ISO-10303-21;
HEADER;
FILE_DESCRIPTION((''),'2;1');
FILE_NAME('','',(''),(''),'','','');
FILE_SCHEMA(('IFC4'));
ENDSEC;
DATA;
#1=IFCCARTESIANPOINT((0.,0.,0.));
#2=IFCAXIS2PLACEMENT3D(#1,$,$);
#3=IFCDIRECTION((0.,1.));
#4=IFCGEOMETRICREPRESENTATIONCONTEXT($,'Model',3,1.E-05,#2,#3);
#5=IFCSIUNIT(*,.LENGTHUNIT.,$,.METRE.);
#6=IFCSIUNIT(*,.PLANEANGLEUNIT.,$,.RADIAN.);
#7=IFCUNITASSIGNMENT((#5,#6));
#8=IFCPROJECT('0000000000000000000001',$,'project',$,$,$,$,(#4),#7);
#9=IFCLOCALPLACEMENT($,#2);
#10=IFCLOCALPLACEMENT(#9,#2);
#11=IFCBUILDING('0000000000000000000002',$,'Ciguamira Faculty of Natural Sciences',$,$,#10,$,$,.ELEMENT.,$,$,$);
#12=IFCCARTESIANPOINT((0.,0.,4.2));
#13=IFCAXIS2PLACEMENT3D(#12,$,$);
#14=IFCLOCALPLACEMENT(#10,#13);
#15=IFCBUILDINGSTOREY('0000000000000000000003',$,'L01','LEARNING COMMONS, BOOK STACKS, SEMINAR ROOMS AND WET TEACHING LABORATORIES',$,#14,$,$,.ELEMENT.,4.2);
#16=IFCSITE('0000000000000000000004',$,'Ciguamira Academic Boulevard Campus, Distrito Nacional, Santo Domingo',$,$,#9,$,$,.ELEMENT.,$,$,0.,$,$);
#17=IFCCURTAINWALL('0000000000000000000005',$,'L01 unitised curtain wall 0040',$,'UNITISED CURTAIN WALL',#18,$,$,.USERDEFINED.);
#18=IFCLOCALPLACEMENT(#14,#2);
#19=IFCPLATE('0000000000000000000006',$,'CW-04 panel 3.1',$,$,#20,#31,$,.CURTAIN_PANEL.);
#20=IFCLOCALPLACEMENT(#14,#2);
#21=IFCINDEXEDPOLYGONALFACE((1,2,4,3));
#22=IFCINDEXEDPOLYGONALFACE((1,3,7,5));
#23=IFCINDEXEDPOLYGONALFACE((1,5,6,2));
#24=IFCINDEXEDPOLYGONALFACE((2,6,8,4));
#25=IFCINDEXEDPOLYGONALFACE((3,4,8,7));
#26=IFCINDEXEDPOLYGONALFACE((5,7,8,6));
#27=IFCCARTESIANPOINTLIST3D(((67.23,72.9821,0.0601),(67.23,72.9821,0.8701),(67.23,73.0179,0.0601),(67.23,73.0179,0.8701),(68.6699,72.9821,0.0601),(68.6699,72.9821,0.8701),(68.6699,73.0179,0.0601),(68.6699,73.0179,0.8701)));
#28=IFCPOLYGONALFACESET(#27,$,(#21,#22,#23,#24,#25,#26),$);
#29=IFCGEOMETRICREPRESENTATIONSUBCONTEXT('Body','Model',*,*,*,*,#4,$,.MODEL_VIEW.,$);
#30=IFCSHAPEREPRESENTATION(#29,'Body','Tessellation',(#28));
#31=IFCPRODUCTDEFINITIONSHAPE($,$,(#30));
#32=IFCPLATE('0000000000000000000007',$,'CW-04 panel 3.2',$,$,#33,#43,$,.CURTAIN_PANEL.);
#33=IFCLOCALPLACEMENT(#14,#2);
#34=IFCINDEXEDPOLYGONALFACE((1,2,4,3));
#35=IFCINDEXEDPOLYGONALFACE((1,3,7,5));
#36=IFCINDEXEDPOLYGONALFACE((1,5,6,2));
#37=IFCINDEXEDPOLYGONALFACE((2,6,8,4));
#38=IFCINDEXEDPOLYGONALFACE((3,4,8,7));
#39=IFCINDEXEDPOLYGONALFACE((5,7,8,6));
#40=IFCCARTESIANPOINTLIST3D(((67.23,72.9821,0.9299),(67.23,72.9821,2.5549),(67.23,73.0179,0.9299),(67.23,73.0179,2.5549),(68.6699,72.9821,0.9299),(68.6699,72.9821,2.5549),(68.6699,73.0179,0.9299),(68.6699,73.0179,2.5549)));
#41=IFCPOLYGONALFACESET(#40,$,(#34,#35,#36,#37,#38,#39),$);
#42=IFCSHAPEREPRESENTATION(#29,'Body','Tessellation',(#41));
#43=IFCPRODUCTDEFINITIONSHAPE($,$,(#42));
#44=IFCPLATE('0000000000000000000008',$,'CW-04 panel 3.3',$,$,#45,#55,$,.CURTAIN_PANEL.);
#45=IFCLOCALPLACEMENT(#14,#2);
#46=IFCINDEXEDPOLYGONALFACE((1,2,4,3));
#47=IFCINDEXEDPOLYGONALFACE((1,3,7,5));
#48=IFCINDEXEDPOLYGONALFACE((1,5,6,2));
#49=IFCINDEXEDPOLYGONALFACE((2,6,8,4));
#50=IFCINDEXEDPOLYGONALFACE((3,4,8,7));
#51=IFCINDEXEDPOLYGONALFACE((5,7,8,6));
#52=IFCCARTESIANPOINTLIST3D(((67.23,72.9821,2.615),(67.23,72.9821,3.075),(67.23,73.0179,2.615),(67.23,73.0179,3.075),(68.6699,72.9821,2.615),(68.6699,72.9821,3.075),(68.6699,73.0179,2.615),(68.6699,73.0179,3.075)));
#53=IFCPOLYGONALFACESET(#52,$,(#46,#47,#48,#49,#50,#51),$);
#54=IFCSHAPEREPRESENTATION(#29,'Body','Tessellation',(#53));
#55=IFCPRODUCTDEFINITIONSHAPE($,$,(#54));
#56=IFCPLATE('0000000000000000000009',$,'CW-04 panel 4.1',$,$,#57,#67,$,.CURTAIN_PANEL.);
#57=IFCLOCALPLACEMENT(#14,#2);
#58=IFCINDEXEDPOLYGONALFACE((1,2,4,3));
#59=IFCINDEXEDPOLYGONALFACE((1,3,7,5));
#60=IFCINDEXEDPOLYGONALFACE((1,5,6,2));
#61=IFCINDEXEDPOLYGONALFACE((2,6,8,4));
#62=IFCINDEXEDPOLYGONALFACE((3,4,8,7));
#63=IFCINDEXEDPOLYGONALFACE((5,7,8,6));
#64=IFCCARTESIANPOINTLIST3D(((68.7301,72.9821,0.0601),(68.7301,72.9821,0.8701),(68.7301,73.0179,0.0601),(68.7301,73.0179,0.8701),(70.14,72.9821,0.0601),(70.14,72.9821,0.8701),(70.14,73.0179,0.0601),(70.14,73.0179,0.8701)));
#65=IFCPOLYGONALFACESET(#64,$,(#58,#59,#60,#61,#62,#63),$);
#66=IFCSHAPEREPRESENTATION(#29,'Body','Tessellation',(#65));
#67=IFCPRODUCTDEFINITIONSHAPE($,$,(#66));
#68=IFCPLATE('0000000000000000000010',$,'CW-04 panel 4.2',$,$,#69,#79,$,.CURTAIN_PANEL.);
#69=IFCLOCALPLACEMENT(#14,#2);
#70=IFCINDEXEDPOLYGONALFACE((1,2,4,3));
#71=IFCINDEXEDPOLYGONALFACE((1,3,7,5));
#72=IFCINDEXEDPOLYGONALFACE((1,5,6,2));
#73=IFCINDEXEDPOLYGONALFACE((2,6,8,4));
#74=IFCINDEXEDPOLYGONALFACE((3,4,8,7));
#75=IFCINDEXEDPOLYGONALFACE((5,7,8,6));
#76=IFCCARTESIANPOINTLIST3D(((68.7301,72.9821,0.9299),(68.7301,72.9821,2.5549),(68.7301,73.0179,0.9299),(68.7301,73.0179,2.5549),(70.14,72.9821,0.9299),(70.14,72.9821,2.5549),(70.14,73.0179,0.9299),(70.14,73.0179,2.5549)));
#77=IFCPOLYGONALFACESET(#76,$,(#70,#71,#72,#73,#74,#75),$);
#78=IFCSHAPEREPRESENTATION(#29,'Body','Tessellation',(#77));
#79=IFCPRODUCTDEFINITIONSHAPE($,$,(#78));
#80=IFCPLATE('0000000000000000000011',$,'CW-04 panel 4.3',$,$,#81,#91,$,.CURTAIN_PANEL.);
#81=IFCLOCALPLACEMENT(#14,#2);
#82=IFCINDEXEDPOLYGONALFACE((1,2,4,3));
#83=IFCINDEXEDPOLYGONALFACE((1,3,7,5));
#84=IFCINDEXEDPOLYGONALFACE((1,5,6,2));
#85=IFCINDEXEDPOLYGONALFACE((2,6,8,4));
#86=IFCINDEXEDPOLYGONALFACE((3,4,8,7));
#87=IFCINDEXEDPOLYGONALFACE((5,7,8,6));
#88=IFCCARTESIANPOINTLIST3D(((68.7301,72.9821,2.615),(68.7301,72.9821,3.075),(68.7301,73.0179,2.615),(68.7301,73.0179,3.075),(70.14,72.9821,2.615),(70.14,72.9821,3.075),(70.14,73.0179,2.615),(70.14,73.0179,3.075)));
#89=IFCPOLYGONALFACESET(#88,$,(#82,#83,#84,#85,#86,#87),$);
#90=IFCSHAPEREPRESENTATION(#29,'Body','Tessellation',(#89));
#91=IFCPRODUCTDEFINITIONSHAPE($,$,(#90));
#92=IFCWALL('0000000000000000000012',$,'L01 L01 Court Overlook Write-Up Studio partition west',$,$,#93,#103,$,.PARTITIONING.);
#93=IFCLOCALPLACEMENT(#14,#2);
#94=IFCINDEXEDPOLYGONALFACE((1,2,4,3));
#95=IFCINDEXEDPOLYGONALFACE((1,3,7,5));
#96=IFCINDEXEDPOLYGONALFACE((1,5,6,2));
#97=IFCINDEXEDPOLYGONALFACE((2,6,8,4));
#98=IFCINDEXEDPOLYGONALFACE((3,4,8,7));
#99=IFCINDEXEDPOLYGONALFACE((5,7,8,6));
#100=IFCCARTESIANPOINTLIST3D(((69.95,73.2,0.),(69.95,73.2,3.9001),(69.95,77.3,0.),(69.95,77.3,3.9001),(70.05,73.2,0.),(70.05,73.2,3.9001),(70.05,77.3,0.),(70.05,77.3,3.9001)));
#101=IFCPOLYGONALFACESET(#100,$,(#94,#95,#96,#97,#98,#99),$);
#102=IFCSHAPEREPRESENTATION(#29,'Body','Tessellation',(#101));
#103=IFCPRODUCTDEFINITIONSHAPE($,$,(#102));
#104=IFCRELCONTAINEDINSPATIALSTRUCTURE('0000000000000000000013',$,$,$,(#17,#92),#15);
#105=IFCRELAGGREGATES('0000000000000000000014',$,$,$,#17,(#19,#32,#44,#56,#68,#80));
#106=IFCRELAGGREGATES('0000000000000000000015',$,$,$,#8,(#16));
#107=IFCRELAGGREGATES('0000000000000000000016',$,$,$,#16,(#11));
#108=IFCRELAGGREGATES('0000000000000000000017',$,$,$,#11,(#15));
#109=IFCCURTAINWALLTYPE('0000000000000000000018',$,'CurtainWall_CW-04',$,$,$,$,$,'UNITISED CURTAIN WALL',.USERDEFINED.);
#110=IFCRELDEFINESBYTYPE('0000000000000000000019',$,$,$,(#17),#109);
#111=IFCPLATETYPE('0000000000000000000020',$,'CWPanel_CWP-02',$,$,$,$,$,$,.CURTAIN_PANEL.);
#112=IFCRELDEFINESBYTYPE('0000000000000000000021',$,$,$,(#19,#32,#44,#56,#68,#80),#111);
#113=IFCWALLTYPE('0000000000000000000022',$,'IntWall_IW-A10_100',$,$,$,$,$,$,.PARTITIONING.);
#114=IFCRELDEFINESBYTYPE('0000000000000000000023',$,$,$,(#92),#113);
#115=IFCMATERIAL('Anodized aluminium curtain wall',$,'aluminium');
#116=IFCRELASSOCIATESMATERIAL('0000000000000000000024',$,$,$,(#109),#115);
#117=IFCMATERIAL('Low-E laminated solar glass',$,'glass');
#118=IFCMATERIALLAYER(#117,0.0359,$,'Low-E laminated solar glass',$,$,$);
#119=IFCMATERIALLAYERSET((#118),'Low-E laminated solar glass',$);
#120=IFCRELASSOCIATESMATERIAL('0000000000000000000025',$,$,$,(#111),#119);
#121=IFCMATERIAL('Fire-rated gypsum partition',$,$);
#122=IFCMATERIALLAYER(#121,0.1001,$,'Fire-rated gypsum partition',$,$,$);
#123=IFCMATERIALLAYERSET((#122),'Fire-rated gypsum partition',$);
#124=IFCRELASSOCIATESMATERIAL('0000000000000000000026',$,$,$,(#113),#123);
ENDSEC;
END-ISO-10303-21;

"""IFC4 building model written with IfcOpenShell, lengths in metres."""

from ifc_helpers import new_model, si_unit, direction, frame, frame_2d, origin, origin_2d, place, context, subcontext, project, spatial, rectangle, extrude, material, layer, layer_set, type_object, element, aggregate, save


model = new_model("IFC4")

# Units and contexts
model_context = context("Model", 3, precision=1e-05, world=origin(), true_north=direction((0.0, 1.0)))
body_context = subcontext(model_context, "Body", "Model", "MODEL_VIEW")
ifc_project = project(units=[si_unit("LENGTHUNIT", "METRE"), si_unit("PLANEANGLEUNIT", "RADIAN")], contexts=[model_context])

# Site, building, storey
site_placement = place(None, origin())
site = spatial("IfcSite", under=ifc_project, at=site_placement, Name="Ciguamira Academic Boulevard Campus, Distrito Nacional, Santo Domingo", CompositionType="ELEMENT", RefElevation=0.0)
building_placement = place(site_placement, origin())
building = spatial("IfcBuilding", under=site, at=building_placement, Name="Ciguamira Faculty of Natural Sciences", CompositionType="ELEMENT")
storey_placement = place(building_placement, frame((0.0, 0.0, 4.2)))
storey = spatial("IfcBuildingStorey", under=building, at=storey_placement, Name="L01", Description="LEARNING COMMONS, BOOK STACKS, SEMINAR ROOMS AND WET TEACHING LABORATORIES", CompositionType="ELEMENT", Elevation=4.2)

# Curtain wall
ifc_material_1 = material(Name="Anodized aluminium curtain wall", Category="aluminium")
curtain_wall_type = type_object("IfcCurtainWallType", Name="CurtainWall_CW-04", ElementType="UNITISED CURTAIN WALL", PredefinedType="USERDEFINED", material=ifc_material_1)
curtain_wall_placement = place(storey_placement, origin())
curtain_wall = element("IfcCurtainWall", 1, at=curtain_wall_placement, inside=storey, type_object=curtain_wall_type, Name="L01 unitised curtain wall 0040", ObjectType="UNITISED CURTAIN WALL", PredefinedType="USERDEFINED")

# Plates
ifc_material_2 = material(Name="Low-E laminated solar glass", Category="glass")
ifc_layer_1 = layer(ifc_material_2, 0.0359, Name="Low-E laminated solar glass")
ifc_layer_set_1 = layer_set([ifc_layer_1], Name="Low-E laminated solar glass")
plate_type = type_object("IfcPlateType", Name="CWPanel_CWP-02", PredefinedType="CURTAIN_PANEL", material=ifc_layer_set_1)
plate_1_placement = place(storey_placement, frame((67.95, 73.0, 0.0601), z_axis=(0.0, 0.0, 1.0), x_axis=(1.0, 0.0, 0.0)))
plate_1 = element("IfcPlate", 2, at=plate_1_placement, type_object=plate_type, Name="CW-04 panel 3.1", PredefinedType="CURTAIN_PANEL", context=body_context, shape_type="SweptSolid", body=[
    extrude(rectangle(XDim=1.4399, YDim=0.0359, at=origin_2d()), origin(), (0.0, 0.0, 1.0), 0.8101),
])
plate_2_placement = place(storey_placement, frame((67.95, 73.0, 0.9299), z_axis=(0.0, 0.0, 1.0), x_axis=(1.0, 0.0, 0.0)))
plate_2 = element("IfcPlate", 3, at=plate_2_placement, type_object=plate_type, Name="CW-04 panel 3.2", PredefinedType="CURTAIN_PANEL", context=body_context, shape_type="SweptSolid", body=[
    extrude(rectangle(XDim=1.4399, YDim=0.0359, at=origin_2d()), origin(), (0.0, 0.0, 1.0), 1.625),
])
plate_3_placement = place(storey_placement, frame((67.95, 73.0, 2.615), z_axis=(0.0, 0.0, 1.0), x_axis=(1.0, 0.0, 0.0)))
plate_3 = element("IfcPlate", 4, at=plate_3_placement, type_object=plate_type, Name="CW-04 panel 3.3", PredefinedType="CURTAIN_PANEL", context=body_context, shape_type="SweptSolid", body=[
    extrude(rectangle(XDim=1.4399, YDim=0.0359, at=origin_2d()), origin(), (0.0, 0.0, 1.0), 0.46),
])
plate_4_placement = place(storey_placement, frame((69.4351, 73.0, 0.0601), z_axis=(0.0, 0.0, 1.0), x_axis=(1.0, 0.0, 0.0)))
plate_4 = element("IfcPlate", 5, at=plate_4_placement, type_object=plate_type, Name="CW-04 panel 4.1", PredefinedType="CURTAIN_PANEL", context=body_context, shape_type="SweptSolid", body=[
    extrude(rectangle(XDim=1.4099, YDim=0.0359, at=origin_2d()), origin(), (0.0, 0.0, 1.0), 0.8101),
])
plate_5_placement = place(storey_placement, frame((69.4351, 73.0, 0.9299), z_axis=(0.0, 0.0, 1.0), x_axis=(1.0, 0.0, 0.0)))
plate_5 = element("IfcPlate", 6, at=plate_5_placement, type_object=plate_type, Name="CW-04 panel 4.2", PredefinedType="CURTAIN_PANEL", context=body_context, shape_type="SweptSolid", body=[
    extrude(rectangle(XDim=1.4099, YDim=0.0359, at=origin_2d()), origin(), (0.0, 0.0, 1.0), 1.625),
])
plate_6_placement = place(storey_placement, frame((69.4351, 73.0, 2.615), z_axis=(0.0, 0.0, 1.0), x_axis=(1.0, 0.0, 0.0)))
plate_6 = element("IfcPlate", 7, at=plate_6_placement, type_object=plate_type, Name="CW-04 panel 4.3", PredefinedType="CURTAIN_PANEL", context=body_context, shape_type="SweptSolid", body=[
    extrude(rectangle(XDim=1.4099, YDim=0.0359, at=origin_2d()), origin(), (0.0, 0.0, 1.0), 0.46),
])
aggregate(curtain_wall, [plate_1, plate_2, plate_3, plate_4, plate_5, plate_6])

# Wall
ifc_material_3 = material(Name="Fire-rated gypsum partition")
ifc_layer_2 = layer(ifc_material_3, 0.1001, Name="Fire-rated gypsum partition")
ifc_layer_set_2 = layer_set([ifc_layer_2], Name="Fire-rated gypsum partition")
wall_type = type_object("IfcWallType", Name="IntWall_IW-A10_100", PredefinedType="PARTITIONING", material=ifc_layer_set_2)
wall_placement = place(storey_placement, frame((70.0, 73.2, 0.0), z_axis=(0.0, 0.0, 1.0), x_axis=(0.0, 1.0, 0.0)))
element("IfcWall", 8, at=wall_placement, inside=storey, type_object=wall_type, Name="L01 L01 Court Overlook Write-Up Studio partition west", PredefinedType="PARTITIONING", context=body_context, shape_type="SweptSolid", body=[
    extrude(rectangle(XDim=4.1001, YDim=0.1001, at=frame_2d((2.05, 0.0))), origin(), (0.0, 0.0, 1.0), 3.9001),
])

save(model, "model.ifc")
